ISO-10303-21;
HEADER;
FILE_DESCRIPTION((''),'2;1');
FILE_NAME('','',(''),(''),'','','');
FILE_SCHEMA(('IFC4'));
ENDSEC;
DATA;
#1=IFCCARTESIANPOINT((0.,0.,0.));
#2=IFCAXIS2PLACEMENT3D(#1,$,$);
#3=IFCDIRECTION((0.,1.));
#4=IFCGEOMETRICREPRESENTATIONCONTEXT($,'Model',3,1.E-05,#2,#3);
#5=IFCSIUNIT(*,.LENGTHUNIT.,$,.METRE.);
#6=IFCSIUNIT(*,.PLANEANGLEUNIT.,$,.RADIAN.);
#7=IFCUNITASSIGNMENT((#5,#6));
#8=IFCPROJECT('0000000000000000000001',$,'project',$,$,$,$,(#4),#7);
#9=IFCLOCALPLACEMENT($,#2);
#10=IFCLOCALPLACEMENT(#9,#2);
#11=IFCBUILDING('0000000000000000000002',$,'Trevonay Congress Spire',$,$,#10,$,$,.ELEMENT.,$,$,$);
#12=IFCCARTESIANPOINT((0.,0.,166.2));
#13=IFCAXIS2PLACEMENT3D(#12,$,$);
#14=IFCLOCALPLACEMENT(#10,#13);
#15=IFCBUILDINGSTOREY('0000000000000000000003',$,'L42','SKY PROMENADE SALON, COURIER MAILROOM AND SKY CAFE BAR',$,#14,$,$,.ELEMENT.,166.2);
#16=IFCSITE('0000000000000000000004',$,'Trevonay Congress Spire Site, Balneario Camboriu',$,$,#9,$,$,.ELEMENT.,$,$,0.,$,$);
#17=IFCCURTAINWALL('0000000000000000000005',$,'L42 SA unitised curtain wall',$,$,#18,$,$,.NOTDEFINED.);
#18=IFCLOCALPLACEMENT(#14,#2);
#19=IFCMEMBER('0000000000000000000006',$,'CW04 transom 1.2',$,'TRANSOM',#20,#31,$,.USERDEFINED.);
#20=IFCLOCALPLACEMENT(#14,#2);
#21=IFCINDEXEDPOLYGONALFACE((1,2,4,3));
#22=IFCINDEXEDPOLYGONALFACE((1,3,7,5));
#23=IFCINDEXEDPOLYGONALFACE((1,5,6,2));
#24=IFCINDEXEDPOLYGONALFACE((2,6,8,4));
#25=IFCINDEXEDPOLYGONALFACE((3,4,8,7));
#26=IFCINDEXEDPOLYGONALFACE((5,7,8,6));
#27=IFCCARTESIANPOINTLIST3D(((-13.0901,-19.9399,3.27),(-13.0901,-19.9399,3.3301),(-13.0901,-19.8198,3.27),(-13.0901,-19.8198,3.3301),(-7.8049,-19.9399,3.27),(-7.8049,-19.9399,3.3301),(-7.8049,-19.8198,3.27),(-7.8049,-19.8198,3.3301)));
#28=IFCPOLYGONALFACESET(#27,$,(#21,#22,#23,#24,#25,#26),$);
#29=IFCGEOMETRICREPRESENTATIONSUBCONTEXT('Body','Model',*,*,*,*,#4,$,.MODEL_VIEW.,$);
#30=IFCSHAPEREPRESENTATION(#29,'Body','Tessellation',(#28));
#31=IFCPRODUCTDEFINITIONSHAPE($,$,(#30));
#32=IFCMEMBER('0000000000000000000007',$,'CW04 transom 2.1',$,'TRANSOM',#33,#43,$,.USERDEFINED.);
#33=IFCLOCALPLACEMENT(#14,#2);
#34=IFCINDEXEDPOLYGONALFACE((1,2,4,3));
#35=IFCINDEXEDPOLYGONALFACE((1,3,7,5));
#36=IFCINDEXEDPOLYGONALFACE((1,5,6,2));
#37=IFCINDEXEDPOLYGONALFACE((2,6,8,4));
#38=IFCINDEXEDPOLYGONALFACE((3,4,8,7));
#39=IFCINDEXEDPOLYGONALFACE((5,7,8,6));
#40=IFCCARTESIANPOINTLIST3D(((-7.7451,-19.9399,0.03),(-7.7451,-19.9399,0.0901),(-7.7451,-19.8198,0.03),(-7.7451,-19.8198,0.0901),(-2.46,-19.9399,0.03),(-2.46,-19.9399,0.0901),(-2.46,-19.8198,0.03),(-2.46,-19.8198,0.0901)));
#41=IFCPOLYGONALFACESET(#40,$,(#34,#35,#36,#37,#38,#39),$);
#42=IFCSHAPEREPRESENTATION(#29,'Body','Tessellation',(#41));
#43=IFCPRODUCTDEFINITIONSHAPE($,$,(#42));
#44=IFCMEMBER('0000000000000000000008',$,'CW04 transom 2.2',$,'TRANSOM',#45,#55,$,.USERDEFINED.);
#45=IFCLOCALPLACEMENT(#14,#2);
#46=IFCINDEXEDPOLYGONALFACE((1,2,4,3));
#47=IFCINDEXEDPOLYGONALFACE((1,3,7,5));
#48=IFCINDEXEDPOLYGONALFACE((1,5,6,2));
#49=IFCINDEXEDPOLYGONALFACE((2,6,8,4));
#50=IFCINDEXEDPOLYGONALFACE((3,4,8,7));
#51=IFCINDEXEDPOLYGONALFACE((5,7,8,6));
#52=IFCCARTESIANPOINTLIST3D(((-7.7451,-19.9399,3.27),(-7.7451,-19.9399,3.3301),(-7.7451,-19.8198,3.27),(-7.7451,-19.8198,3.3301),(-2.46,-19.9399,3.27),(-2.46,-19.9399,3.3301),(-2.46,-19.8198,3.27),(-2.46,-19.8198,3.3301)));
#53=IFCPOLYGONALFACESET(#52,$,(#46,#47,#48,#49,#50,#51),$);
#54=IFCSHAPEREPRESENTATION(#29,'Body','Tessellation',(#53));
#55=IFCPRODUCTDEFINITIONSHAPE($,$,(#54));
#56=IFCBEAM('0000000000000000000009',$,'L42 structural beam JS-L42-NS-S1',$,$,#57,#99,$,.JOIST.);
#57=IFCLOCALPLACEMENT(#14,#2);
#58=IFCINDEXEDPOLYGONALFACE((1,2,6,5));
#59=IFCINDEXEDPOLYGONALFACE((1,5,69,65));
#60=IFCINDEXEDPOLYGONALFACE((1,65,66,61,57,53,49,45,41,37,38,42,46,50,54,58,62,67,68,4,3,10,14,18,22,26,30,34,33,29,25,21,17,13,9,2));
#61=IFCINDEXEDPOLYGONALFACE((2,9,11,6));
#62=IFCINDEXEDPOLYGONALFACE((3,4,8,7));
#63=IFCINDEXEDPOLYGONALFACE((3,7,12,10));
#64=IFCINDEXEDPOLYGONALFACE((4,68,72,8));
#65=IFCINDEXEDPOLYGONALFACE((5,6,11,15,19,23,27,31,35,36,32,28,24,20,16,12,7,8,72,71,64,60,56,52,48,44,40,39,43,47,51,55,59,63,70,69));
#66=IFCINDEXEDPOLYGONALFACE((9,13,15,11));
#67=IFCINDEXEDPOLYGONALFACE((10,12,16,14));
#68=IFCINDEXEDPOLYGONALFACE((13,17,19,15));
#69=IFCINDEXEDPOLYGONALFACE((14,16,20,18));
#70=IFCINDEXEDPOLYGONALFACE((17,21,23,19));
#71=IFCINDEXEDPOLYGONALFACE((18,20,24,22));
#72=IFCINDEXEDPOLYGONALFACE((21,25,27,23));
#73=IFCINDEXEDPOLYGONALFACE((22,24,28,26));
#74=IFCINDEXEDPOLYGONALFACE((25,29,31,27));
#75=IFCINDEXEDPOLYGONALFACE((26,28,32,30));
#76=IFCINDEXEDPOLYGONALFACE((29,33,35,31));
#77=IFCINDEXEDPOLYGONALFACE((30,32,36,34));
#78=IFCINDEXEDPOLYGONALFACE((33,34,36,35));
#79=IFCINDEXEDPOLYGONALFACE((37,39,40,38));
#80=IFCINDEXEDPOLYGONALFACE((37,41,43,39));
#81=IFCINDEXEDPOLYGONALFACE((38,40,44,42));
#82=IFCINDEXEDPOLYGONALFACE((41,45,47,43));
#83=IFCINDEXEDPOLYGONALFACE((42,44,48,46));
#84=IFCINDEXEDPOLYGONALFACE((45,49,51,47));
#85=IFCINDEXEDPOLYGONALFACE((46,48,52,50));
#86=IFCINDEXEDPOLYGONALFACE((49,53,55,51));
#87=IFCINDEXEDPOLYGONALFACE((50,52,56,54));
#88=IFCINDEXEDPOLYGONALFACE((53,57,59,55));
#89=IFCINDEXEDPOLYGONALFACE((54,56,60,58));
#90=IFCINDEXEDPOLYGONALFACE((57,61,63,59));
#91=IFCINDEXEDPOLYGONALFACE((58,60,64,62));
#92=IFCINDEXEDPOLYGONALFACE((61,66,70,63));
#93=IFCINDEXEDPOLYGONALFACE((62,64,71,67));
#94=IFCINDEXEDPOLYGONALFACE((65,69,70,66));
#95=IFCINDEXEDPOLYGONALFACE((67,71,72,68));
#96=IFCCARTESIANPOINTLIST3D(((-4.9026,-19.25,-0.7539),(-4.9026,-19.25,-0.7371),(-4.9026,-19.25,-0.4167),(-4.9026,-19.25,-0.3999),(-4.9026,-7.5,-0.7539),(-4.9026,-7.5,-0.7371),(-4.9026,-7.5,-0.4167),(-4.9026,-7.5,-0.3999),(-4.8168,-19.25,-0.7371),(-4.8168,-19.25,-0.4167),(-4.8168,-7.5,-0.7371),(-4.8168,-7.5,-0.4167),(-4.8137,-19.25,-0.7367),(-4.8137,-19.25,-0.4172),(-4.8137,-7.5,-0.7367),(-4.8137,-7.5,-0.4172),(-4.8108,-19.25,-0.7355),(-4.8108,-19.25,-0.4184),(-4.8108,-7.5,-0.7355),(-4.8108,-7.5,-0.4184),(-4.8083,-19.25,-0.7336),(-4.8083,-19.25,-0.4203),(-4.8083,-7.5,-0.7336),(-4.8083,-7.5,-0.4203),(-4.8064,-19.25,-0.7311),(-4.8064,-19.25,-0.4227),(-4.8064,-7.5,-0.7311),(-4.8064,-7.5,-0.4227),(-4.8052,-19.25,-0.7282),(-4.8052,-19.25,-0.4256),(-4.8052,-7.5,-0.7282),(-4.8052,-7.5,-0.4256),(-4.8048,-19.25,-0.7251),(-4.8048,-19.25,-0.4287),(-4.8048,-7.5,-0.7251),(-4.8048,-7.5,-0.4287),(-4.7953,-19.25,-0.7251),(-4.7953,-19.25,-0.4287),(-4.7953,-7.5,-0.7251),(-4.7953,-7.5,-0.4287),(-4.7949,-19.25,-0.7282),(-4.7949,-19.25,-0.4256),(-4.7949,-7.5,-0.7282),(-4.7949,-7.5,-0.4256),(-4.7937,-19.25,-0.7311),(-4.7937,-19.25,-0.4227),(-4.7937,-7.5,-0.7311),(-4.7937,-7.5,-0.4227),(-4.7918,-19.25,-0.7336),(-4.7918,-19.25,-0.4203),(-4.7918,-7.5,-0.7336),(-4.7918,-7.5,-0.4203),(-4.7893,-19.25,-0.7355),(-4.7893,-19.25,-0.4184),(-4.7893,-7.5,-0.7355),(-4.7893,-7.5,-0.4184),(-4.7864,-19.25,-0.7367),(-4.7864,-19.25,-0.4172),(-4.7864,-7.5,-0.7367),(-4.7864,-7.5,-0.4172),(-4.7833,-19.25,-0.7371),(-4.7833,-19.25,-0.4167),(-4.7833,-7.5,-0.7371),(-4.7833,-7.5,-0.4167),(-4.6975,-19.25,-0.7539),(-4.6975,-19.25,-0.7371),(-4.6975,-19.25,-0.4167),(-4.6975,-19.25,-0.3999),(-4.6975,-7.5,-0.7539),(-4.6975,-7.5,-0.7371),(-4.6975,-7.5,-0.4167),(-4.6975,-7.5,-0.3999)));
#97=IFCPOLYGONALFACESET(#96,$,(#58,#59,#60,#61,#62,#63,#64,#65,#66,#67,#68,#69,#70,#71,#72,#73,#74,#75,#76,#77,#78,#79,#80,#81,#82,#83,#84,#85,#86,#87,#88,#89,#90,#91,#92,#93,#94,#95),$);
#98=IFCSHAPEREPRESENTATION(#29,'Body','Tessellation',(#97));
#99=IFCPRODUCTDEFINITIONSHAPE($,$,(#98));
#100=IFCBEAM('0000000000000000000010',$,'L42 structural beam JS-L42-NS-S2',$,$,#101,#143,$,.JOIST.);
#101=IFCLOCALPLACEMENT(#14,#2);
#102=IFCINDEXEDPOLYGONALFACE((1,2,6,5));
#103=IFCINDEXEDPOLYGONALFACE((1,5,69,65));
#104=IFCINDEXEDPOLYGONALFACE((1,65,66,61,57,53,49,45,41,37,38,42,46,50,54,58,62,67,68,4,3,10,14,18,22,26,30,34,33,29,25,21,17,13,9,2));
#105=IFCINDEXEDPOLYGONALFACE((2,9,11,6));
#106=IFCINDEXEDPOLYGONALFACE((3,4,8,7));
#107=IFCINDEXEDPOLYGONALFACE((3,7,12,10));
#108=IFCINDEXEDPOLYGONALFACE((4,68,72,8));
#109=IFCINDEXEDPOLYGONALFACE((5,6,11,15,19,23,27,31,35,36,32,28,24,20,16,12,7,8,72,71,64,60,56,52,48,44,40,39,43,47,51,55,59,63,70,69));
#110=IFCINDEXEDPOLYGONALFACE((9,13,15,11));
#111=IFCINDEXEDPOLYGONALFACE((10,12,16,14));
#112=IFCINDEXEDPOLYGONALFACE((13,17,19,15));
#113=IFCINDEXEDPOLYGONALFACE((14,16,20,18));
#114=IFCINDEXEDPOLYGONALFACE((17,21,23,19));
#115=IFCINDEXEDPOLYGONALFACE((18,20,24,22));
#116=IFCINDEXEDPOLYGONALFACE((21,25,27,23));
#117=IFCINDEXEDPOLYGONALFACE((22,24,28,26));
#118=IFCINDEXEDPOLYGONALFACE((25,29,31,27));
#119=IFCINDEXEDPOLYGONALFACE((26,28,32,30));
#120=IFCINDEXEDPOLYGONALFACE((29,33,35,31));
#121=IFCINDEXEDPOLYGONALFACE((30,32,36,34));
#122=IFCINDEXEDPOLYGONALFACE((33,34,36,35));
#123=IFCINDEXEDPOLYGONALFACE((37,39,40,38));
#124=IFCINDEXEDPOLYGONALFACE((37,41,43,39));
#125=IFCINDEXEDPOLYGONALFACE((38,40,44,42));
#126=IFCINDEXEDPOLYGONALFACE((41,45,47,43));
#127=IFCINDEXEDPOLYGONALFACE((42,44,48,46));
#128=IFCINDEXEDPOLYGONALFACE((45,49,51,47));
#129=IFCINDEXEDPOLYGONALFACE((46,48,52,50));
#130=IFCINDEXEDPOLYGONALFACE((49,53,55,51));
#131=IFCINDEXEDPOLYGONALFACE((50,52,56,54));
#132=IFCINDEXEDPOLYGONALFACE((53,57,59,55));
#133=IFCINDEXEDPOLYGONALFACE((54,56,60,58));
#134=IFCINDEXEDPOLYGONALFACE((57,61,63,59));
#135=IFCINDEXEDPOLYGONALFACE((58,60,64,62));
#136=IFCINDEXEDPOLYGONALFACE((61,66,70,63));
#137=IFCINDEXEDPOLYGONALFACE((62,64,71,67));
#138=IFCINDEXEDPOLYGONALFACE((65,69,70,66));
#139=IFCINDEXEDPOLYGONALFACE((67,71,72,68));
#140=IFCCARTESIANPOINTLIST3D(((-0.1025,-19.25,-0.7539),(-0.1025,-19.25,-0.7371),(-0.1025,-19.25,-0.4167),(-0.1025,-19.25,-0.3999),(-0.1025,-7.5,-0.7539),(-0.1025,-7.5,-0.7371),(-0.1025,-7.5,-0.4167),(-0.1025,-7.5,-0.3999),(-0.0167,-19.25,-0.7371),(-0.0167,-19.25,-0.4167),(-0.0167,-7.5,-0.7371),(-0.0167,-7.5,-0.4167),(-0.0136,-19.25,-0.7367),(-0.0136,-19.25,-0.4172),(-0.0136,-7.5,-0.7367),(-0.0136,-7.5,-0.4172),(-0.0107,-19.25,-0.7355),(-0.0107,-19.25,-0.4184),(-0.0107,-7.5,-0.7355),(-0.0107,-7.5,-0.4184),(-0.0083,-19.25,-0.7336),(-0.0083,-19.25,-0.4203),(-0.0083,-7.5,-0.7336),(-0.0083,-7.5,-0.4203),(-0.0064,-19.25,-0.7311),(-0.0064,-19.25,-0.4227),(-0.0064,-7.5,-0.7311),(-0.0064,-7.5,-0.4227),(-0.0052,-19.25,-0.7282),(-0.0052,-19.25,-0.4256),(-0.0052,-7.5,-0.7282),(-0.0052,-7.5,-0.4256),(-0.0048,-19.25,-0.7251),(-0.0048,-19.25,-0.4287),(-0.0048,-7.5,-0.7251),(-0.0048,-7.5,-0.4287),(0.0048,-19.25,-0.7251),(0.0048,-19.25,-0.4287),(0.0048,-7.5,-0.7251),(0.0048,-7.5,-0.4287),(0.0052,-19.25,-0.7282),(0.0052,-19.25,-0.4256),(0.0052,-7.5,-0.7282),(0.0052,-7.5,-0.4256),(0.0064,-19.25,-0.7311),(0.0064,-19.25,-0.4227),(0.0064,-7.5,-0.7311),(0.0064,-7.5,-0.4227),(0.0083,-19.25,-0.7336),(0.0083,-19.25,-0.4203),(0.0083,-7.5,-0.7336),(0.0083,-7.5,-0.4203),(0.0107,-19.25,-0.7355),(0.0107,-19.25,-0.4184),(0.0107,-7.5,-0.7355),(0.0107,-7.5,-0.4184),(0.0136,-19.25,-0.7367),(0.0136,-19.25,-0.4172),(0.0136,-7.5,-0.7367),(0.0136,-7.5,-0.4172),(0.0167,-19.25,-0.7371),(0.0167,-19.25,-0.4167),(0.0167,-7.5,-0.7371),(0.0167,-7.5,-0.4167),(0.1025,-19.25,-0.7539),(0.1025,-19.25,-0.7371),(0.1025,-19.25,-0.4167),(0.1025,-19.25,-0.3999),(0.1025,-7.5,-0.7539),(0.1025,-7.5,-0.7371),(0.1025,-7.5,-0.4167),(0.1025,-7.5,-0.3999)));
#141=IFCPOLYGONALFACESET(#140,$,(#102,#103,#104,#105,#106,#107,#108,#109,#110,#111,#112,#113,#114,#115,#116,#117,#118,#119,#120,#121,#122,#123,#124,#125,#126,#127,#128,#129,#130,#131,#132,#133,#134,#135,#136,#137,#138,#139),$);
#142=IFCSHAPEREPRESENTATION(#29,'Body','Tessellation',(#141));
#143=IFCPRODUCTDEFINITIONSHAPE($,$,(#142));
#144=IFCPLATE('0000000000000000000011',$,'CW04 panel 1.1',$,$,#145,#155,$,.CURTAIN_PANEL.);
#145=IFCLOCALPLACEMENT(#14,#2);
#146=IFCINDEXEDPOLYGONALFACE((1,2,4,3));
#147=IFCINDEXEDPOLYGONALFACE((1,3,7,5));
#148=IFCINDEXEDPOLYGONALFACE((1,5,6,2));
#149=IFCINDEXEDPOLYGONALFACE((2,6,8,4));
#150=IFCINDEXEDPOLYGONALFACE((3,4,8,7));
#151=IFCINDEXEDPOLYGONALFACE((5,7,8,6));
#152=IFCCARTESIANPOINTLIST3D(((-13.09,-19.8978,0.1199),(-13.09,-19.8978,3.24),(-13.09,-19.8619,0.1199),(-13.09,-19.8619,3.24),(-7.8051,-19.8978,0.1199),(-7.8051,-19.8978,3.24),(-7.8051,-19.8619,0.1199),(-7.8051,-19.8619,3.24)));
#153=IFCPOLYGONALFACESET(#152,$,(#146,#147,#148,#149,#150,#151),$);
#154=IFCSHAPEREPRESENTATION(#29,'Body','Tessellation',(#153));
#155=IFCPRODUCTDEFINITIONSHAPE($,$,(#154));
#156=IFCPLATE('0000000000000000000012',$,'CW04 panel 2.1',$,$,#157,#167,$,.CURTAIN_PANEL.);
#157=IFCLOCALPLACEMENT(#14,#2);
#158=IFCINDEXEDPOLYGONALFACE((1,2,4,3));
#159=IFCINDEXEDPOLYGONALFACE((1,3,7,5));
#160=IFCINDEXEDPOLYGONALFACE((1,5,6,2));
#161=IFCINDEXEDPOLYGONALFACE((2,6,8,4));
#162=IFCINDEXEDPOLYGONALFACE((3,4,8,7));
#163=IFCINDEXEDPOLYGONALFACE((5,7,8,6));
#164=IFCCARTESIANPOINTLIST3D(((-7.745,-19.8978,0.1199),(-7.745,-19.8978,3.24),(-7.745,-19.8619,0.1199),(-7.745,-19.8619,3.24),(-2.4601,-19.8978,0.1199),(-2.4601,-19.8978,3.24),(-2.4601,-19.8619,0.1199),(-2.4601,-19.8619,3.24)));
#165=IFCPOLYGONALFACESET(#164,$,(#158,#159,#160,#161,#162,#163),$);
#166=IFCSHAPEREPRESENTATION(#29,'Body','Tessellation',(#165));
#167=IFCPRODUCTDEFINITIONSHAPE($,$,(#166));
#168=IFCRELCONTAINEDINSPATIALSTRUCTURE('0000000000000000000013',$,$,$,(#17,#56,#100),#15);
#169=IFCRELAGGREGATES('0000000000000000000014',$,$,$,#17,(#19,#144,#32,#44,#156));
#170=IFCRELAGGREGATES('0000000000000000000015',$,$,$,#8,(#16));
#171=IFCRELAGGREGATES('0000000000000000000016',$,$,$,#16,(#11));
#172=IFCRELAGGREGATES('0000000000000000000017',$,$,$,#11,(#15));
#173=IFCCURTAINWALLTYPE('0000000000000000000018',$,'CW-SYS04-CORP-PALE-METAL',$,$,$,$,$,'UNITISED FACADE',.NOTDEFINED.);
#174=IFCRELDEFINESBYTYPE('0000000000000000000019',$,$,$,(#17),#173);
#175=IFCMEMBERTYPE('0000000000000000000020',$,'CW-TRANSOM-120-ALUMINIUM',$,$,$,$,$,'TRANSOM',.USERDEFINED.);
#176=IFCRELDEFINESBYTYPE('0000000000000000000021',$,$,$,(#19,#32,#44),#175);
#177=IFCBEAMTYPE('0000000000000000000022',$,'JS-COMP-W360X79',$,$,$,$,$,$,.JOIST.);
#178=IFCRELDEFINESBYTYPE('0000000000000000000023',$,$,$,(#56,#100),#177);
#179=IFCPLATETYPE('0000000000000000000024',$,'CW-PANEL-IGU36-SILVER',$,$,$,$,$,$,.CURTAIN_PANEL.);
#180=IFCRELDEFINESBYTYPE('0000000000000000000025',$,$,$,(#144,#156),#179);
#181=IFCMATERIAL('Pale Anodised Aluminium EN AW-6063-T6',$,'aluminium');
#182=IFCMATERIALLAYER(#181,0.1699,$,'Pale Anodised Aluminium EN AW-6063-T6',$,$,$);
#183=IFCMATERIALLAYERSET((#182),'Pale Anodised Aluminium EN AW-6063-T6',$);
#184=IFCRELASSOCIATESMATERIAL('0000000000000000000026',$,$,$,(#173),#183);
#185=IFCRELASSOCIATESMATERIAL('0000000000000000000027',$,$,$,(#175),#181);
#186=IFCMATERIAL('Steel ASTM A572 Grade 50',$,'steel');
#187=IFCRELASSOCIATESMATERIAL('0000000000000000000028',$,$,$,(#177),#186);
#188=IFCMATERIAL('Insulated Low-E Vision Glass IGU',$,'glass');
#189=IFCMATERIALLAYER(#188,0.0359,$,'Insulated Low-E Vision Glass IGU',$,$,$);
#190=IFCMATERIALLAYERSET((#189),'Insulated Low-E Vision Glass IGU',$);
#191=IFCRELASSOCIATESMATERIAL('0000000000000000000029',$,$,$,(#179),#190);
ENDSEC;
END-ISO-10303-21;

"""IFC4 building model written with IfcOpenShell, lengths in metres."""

from ifc_helpers import new_model, si_unit, direction, frame, origin, origin_2d, place, context, subcontext, project, spatial, rectangle, i_section, extrude, material, layer, layer_set, material_profile, profile_set, type_object, element, aggregate, save


model = new_model("IFC4")

# Units and contexts
model_context = context("Model", 3, precision=1e-05, world=origin(), true_north=direction((0.0, 1.0)))
body_context = subcontext(model_context, "Body", "Model", "MODEL_VIEW")
ifc_project = project(units=[si_unit("LENGTHUNIT", "METRE"), si_unit("PLANEANGLEUNIT", "RADIAN")], contexts=[model_context])

# Site, building, storey
site_placement = place(None, origin())
site = spatial("IfcSite", under=ifc_project, at=site_placement, Name="Trevonay Congress Spire Site, Balneario Camboriu", CompositionType="ELEMENT", RefElevation=0.0)
building_placement = place(site_placement, origin())
building = spatial("IfcBuilding", under=site, at=building_placement, Name="Trevonay Congress Spire", CompositionType="ELEMENT")
storey_placement = place(building_placement, frame((0.0, 0.0, 166.2)))
storey = spatial("IfcBuildingStorey", under=building, at=storey_placement, Name="L42", Description="SKY PROMENADE SALON, COURIER MAILROOM AND SKY CAFE BAR", CompositionType="ELEMENT", Elevation=166.2)

# Shared definitions
ifc_material_1 = material(Name="Steel ASTM A572 Grade 50", Category="steel")

# Curtain wall, members
ifc_material_2 = material(Name="Pale Anodised Aluminium EN AW-6063-T6", Category="aluminium")
ifc_layer_1 = layer(ifc_material_2, 0.1699, Name="Pale Anodised Aluminium EN AW-6063-T6")
ifc_layer_set_1 = layer_set([ifc_layer_1], Name="Pale Anodised Aluminium EN AW-6063-T6")
curtain_wall_type = type_object("IfcCurtainWallType", Name="CW-SYS04-CORP-PALE-METAL", ElementType="UNITISED FACADE", PredefinedType="NOTDEFINED", material=ifc_layer_set_1)
curtain_wall_placement = place(storey_placement, origin())
curtain_wall = element("IfcCurtainWall", 1, at=curtain_wall_placement, inside=storey, type_object=curtain_wall_type, Name="L42 SA unitised curtain wall", PredefinedType="NOTDEFINED")
ifc_material_profile_1 = material_profile(ifc_material_2, rectangle(XDim=0.1201, YDim=0.0601, at=origin_2d()), Name="CW-TRANSOM-120-ALUMINIUM")
ifc_profile_set_1 = profile_set([ifc_material_profile_1], Name="Pale Anodised Aluminium EN AW-6063-T6")
member_type_1 = type_object("IfcMemberType", Name="CW-TRANSOM-120-ALUMINIUM", ElementType="TRANSOM", PredefinedType="USERDEFINED", material=ifc_profile_set_1)
member_1_placement = place(storey_placement, frame((-13.0901, -19.8799, 3.3), z_axis=(1.0, 0.0, 0.0), x_axis=(0.0, 1.0, 0.0)))
member_1 = element("IfcMember", 2, at=member_1_placement, type_object=member_type_1, Name="CW04 transom 1.2", ObjectType="TRANSOM", PredefinedType="USERDEFINED", context=body_context, shape_type="SweptSolid", body=[
    extrude(rectangle(XDim=0.1201, YDim=0.0601, at=origin_2d()), origin(), (0.0, 0.0, 1.0), 5.2852),
])
member_2_placement = place(storey_placement, frame((-7.7451, -19.8799, 0.0601), z_axis=(1.0, 0.0, 0.0), x_axis=(0.0, 1.0, 0.0)))
member_2 = element("IfcMember", 3, at=member_2_placement, type_object=member_type_1, Name="CW04 transom 2.1", ObjectType="TRANSOM", PredefinedType="USERDEFINED", context=body_context, shape_type="SweptSolid", body=[
    extrude(rectangle(XDim=0.1201, YDim=0.0601, at=origin_2d()), origin(), (0.0, 0.0, 1.0), 5.2852),
])
member_3_placement = place(storey_placement, frame((-7.7451, -19.8799, 3.3), z_axis=(1.0, 0.0, 0.0), x_axis=(0.0, 1.0, 0.0)))
member_3 = element("IfcMember", 4, at=member_3_placement, type_object=member_type_1, Name="CW04 transom 2.2", ObjectType="TRANSOM", PredefinedType="USERDEFINED", context=body_context, shape_type="SweptSolid", body=[
    extrude(rectangle(XDim=0.1201, YDim=0.0601, at=origin_2d()), origin(), (0.0, 0.0, 1.0), 5.2852),
])

# Beams
ifc_material_profile_2 = material_profile(ifc_material_1, i_section(OverallWidth=0.2051, OverallDepth=0.354, WebThickness=0.0095, FlangeThickness=0.0168, FilletRadius=0.012, at=origin_2d()), Name="W360x79")
ifc_profile_set_2 = profile_set([ifc_material_profile_2], Name="Steel ASTM A572 Grade 50")
beam_type_1 = type_object("IfcBeamType", Name="JS-COMP-W360X79", PredefinedType="JOIST", material=ifc_profile_set_2)
for number, where, z_axis, x_axis, name in (
    (5, (-4.8, -19.25, -0.5769), (0.0, 1.0, 0.0), (-1.0, 0.0, 0.0), "L42 structural beam JS-L42-NS-S1"),
    (6, (0.0, -19.25, -0.5769), (0.0, 1.0, 0.0), (-1.0, 0.0, 0.0), "L42 structural beam JS-L42-NS-S2"),
):
    element("IfcBeam", number, at=place(storey_placement, frame(where, z_axis=z_axis, x_axis=x_axis)), inside=storey, type_object=beam_type_1, Name=name, PredefinedType="JOIST", context=body_context, shape_type="SweptSolid", body=[
        extrude(i_section(OverallWidth=0.2051, OverallDepth=0.354, WebThickness=0.0095, FlangeThickness=0.0168, FilletRadius=0.012, at=origin_2d()), origin(), (0.0, 0.0, 1.0), 11.75),
    ])

# Plates
ifc_material_3 = material(Name="Insulated Low-E Vision Glass IGU", Category="glass")
ifc_layer_2 = layer(ifc_material_3, 0.0359, Name="Insulated Low-E Vision Glass IGU")
ifc_layer_set_2 = layer_set([ifc_layer_2], Name="Insulated Low-E Vision Glass IGU")
plate_type = type_object("IfcPlateType", Name="CW-PANEL-IGU36-SILVER", PredefinedType="CURTAIN_PANEL", material=ifc_layer_set_2)
plate_1_placement = place(storey_placement, frame((-10.4475, -19.8799, 0.1199), z_axis=(0.0, 0.0, 1.0), x_axis=(1.0, 0.0, 0.0)))
plate_1 = element("IfcPlate", 7, at=plate_1_placement, type_object=plate_type, Name="CW04 panel 1.1", PredefinedType="CURTAIN_PANEL", context=body_context, shape_type="SweptSolid", body=[
    extrude(rectangle(XDim=5.2849, YDim=0.0359, at=origin_2d()), origin(), (0.0, 0.0, 1.0), 3.1201),
])
plate_2_placement = place(storey_placement, frame((-5.1025, -19.8799, 0.1199), z_axis=(0.0, 0.0, 1.0), x_axis=(1.0, 0.0, 0.0)))
plate_2 = element("IfcPlate", 8, at=plate_2_placement, type_object=plate_type, Name="CW04 panel 2.1", PredefinedType="CURTAIN_PANEL", context=body_context, shape_type="SweptSolid", body=[
    extrude(rectangle(XDim=5.2849, YDim=0.0359, at=origin_2d()), origin(), (0.0, 0.0, 1.0), 3.1201),
])
aggregate(curtain_wall, [member_1, plate_1, member_2, member_3, plate_2])

save(model, "model.ifc")
